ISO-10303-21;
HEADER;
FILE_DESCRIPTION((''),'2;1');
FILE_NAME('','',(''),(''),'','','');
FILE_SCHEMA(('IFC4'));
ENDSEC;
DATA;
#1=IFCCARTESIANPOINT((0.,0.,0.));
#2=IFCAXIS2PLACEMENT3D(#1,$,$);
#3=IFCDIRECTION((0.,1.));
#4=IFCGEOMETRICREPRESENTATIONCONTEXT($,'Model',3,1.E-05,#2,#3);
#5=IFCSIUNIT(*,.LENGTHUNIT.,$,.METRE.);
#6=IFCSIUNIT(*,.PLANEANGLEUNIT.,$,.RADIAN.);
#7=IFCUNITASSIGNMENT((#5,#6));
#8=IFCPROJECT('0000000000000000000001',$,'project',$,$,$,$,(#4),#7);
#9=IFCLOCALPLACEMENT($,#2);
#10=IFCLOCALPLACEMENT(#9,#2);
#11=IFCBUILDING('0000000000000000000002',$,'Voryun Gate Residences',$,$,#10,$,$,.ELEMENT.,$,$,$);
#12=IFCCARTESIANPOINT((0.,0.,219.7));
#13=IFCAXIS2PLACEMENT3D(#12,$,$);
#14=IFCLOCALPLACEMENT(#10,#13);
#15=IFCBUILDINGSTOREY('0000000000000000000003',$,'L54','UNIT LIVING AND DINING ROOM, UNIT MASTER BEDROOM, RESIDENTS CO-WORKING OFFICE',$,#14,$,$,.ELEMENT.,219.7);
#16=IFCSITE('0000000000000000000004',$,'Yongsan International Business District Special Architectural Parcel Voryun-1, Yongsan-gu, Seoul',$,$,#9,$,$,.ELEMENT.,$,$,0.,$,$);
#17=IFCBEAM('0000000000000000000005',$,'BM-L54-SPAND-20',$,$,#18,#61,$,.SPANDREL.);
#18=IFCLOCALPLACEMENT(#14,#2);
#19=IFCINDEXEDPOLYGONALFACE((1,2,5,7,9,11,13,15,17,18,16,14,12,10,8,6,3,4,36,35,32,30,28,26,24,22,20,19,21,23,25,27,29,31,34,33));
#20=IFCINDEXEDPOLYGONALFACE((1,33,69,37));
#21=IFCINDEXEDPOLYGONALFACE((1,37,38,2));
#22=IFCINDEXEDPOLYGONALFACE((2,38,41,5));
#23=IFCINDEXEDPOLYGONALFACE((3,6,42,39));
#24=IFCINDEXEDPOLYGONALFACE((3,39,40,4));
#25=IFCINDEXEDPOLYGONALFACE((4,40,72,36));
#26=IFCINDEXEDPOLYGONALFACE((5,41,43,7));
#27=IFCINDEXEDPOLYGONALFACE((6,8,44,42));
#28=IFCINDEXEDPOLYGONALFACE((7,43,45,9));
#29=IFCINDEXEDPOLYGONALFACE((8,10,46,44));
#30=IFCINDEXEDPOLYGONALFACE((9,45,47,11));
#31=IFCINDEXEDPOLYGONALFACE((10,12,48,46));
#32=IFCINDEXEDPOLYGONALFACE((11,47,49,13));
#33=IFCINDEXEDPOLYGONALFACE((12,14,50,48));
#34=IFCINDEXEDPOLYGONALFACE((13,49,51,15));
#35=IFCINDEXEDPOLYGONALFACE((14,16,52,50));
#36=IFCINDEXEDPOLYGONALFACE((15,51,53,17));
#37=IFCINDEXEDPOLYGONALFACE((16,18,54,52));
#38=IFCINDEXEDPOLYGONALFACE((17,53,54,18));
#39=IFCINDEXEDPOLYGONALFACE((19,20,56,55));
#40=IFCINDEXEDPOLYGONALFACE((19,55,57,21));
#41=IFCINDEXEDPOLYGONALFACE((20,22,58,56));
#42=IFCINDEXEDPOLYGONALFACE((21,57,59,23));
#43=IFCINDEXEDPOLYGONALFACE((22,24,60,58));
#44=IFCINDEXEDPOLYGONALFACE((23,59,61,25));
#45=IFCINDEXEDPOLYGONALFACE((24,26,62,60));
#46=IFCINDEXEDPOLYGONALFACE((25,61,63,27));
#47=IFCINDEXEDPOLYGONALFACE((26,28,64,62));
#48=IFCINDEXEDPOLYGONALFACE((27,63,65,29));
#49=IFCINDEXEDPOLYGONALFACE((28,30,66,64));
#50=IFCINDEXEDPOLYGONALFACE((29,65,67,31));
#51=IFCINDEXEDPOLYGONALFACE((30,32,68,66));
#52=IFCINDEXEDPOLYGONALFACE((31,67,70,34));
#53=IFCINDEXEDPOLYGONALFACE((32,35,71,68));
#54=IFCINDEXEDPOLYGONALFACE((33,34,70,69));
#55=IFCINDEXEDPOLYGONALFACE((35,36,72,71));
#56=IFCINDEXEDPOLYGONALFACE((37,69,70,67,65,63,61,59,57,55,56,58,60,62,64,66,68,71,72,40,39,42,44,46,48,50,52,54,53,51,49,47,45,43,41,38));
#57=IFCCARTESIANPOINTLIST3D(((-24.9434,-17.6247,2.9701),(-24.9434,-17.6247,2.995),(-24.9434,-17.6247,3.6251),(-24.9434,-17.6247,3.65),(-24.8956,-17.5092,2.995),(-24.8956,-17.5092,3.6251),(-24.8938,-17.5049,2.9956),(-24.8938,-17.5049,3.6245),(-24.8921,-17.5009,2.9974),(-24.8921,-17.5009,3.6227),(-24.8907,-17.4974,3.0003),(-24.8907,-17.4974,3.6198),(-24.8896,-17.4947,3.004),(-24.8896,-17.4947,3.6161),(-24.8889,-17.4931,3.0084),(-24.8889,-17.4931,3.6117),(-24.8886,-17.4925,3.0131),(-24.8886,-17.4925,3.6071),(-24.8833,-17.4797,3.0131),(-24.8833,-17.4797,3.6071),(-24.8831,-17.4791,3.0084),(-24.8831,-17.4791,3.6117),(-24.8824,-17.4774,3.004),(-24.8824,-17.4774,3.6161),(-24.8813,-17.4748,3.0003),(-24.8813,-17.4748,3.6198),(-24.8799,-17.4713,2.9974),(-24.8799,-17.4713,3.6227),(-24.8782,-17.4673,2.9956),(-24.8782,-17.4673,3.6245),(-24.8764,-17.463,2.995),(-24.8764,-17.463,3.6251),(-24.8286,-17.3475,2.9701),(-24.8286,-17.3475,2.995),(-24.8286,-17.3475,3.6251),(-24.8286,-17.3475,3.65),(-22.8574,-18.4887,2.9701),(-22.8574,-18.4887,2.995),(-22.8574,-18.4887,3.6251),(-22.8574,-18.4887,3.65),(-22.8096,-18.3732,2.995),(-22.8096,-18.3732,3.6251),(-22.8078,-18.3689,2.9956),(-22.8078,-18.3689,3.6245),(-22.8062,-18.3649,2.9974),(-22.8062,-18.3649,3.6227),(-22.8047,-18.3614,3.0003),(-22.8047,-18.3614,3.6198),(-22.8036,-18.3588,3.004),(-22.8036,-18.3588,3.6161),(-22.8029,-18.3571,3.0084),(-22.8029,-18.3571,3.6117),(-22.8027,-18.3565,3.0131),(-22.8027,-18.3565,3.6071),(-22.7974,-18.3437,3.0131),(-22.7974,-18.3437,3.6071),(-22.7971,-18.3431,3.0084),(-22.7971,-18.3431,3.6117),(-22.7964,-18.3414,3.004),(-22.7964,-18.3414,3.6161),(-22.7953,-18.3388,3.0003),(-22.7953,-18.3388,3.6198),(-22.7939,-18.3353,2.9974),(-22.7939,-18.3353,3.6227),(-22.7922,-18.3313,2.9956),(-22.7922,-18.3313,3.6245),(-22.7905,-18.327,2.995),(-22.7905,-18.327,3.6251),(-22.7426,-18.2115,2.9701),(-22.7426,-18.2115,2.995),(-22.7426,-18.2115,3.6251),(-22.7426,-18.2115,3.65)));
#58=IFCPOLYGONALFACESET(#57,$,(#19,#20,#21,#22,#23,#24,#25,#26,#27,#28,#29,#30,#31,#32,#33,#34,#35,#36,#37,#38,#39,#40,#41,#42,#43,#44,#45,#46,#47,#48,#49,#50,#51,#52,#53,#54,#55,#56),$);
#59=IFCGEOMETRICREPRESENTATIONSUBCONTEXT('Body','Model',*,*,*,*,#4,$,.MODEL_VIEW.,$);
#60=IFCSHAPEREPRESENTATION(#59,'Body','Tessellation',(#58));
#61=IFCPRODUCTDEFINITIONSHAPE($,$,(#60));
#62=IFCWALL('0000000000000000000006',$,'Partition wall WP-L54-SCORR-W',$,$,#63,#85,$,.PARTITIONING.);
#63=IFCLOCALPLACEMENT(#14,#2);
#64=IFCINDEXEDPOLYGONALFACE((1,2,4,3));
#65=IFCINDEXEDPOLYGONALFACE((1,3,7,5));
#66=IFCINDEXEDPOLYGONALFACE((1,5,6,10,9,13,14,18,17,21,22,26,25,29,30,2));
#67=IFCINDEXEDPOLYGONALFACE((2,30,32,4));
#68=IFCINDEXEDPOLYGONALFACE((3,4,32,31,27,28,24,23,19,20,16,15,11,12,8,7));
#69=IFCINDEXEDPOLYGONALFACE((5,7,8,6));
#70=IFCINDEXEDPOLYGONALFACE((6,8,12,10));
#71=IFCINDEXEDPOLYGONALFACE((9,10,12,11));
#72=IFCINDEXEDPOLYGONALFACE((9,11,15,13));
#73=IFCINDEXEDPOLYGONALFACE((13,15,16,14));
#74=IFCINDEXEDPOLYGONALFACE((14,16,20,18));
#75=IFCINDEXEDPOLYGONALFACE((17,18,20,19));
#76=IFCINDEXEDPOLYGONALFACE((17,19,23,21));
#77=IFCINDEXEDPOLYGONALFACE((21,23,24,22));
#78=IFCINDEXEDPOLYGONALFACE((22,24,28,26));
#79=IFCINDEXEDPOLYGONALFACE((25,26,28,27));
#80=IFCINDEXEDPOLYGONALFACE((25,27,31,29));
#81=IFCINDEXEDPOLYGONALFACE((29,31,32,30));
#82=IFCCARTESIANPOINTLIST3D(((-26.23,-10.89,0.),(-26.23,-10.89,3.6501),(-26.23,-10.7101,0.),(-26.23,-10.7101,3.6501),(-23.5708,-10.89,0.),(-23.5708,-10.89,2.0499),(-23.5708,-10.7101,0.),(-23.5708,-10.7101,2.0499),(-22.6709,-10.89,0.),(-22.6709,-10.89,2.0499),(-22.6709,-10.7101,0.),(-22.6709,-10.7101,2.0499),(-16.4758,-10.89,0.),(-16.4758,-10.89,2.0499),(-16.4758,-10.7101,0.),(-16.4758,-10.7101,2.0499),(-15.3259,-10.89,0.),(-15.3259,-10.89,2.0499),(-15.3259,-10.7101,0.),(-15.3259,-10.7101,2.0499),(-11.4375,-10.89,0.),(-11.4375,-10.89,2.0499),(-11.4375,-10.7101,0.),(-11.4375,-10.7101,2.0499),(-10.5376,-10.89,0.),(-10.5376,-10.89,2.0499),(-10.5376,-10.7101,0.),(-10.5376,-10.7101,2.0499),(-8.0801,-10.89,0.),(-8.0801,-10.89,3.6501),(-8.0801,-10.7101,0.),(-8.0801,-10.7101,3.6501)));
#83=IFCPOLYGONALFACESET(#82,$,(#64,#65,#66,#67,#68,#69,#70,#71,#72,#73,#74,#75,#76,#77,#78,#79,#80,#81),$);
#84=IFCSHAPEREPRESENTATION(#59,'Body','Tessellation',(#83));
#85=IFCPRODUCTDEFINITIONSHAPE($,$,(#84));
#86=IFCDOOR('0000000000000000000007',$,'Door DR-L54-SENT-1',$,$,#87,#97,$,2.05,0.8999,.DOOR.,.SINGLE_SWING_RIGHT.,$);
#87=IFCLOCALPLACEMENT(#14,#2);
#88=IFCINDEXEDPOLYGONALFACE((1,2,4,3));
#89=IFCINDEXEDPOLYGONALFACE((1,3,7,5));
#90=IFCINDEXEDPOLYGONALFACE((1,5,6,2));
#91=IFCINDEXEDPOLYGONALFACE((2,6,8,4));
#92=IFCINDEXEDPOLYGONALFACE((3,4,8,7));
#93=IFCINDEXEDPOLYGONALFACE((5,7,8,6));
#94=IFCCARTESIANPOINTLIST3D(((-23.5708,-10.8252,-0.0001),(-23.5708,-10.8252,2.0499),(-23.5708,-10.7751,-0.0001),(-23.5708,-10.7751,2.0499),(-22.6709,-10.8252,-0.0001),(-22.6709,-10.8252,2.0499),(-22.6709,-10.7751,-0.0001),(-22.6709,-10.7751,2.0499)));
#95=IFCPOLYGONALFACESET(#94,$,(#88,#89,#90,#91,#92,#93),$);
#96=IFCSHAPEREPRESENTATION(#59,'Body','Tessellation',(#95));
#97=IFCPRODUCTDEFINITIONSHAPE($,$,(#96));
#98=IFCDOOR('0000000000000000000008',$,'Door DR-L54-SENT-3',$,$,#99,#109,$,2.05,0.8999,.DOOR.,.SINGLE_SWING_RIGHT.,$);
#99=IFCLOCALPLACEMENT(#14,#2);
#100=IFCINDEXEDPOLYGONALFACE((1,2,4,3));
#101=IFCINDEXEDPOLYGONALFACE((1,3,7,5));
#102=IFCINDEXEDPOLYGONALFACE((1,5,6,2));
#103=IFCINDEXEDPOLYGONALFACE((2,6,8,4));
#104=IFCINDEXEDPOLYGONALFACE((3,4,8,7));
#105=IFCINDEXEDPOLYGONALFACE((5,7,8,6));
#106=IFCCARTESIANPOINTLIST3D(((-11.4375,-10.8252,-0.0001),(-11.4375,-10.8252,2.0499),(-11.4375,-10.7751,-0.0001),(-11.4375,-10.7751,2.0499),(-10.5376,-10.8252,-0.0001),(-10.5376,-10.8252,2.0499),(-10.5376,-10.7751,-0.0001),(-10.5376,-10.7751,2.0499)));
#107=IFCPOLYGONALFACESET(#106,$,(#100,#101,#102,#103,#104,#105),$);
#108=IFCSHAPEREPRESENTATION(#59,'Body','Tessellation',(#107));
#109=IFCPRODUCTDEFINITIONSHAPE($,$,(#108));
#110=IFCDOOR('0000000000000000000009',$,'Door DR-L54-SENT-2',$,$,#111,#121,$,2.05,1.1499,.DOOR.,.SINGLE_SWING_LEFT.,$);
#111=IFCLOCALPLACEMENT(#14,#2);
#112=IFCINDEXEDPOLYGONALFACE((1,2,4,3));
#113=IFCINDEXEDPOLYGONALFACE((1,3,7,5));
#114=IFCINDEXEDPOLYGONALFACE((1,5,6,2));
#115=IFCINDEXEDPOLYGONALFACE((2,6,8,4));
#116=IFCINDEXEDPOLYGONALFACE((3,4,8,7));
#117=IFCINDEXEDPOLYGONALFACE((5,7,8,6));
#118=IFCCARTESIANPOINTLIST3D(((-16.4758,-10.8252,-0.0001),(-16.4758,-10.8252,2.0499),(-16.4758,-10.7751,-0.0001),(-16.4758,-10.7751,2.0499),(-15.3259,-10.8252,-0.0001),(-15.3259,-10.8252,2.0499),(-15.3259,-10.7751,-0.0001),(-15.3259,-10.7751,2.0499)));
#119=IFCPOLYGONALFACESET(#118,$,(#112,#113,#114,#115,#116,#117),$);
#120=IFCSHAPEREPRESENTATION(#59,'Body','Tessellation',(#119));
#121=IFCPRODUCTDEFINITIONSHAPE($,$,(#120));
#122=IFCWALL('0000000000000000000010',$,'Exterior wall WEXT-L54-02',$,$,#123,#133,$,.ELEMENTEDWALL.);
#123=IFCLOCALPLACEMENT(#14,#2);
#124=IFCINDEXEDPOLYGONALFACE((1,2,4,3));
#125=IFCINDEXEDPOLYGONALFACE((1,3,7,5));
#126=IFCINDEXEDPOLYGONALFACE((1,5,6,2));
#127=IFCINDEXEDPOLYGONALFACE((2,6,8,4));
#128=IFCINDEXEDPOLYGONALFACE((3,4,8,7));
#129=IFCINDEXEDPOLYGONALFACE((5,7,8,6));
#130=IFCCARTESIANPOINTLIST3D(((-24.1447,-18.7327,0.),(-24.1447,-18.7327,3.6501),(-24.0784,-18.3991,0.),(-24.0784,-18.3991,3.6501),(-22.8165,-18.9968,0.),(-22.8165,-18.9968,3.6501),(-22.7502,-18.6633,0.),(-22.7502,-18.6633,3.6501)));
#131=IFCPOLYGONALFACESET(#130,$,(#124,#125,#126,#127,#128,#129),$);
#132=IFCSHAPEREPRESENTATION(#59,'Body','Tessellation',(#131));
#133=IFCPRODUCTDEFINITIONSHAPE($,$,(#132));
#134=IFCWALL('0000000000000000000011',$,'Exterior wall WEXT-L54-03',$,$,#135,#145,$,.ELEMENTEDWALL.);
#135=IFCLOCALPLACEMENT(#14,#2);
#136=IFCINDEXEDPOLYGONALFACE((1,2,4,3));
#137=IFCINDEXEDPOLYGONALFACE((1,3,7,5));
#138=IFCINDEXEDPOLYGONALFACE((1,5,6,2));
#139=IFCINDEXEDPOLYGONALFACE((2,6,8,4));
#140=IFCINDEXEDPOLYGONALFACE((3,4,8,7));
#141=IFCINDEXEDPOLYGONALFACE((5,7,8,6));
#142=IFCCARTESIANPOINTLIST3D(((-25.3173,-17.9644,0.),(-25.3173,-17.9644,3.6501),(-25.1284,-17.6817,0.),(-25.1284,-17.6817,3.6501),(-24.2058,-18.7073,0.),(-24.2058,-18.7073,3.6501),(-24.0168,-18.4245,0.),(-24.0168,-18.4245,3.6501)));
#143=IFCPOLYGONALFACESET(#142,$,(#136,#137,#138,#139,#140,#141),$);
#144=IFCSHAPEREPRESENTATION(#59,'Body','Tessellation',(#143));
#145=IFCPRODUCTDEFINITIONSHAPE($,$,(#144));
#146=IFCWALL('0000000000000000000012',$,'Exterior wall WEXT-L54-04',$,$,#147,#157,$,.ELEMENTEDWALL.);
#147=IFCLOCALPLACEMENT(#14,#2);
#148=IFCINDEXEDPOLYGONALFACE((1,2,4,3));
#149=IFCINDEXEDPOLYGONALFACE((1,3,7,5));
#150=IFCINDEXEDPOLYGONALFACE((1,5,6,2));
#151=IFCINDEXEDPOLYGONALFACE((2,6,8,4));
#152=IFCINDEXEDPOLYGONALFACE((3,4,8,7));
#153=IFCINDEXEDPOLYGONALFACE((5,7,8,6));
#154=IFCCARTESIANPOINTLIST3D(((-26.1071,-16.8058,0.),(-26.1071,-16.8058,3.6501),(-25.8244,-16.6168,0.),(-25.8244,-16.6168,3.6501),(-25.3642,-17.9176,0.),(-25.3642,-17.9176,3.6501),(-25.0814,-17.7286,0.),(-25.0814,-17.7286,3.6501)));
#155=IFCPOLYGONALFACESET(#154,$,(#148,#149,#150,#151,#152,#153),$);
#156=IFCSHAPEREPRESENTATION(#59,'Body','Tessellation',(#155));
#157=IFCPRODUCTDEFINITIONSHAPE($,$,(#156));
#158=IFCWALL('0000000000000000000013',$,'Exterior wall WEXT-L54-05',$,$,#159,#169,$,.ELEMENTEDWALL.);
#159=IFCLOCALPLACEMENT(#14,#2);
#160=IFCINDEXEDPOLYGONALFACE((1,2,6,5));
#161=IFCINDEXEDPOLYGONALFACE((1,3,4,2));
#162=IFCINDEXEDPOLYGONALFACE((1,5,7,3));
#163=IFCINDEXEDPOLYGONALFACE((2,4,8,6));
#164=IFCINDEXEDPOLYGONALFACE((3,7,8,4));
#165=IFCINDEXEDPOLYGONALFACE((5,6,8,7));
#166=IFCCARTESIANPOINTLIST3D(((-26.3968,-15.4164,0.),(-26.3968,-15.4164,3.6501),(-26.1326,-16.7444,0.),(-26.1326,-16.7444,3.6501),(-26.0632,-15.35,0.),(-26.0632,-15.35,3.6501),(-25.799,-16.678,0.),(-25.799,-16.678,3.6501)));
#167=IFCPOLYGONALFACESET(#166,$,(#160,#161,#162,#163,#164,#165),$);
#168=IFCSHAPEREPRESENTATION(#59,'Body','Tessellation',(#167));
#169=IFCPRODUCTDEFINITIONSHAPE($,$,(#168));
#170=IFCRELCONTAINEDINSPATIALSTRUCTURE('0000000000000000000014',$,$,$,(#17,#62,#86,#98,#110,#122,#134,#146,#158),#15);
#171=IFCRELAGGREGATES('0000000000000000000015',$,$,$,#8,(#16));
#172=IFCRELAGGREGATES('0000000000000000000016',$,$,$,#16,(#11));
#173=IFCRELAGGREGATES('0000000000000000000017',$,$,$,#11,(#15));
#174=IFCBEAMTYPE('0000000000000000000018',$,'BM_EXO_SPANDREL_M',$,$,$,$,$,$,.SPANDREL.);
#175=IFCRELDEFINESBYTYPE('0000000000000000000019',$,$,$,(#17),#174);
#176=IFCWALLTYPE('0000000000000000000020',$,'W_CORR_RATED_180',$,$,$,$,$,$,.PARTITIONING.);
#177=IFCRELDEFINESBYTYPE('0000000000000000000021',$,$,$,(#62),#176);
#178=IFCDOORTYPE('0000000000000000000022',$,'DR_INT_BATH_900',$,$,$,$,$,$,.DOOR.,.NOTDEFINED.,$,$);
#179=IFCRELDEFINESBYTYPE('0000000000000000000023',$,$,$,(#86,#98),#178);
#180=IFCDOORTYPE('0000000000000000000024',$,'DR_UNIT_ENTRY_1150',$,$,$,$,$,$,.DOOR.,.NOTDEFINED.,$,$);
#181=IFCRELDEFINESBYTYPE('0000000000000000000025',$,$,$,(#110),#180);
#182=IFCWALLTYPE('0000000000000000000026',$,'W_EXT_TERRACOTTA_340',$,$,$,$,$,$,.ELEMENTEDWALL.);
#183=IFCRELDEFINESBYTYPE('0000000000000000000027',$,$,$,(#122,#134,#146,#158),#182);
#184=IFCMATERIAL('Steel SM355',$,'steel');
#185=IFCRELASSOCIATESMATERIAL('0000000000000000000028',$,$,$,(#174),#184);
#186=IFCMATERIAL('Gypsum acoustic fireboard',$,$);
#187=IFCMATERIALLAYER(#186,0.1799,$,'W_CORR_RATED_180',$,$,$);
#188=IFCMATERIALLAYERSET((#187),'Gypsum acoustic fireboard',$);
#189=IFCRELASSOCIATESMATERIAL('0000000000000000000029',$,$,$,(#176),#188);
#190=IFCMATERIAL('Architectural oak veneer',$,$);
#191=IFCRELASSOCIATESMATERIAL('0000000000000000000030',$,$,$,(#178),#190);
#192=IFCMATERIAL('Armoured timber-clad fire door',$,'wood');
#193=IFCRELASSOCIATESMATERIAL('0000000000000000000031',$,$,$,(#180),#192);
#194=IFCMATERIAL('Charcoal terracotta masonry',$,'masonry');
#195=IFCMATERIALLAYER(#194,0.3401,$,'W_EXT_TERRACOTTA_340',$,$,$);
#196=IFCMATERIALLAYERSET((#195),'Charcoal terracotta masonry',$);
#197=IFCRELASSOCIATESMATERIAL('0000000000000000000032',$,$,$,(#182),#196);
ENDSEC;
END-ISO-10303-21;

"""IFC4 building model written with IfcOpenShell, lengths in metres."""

from ifc_helpers import new_model, si_unit, direction, frame, frame_2d, origin, origin_2d, place, context, subcontext, project, spatial, rectangle, i_section, extrude, material, layer, layer_set, material_profile, profile_set, type_object, element, fill, save


model = new_model("IFC4")

# Units and contexts
model_context = context("Model", 3, precision=1e-05, world=origin(), true_north=direction((0.0, 1.0)))
body_context = subcontext(model_context, "Body", "Model", "MODEL_VIEW")
ifc_project = project(units=[si_unit("LENGTHUNIT", "METRE"), si_unit("PLANEANGLEUNIT", "RADIAN")], contexts=[model_context])

# Site, building, storey
site_placement = place(None, origin())
site = spatial("IfcSite", under=ifc_project, at=site_placement, Name="Yongsan International Business District Special Architectural Parcel Voryun-1, Yongsan-gu, Seoul", CompositionType="ELEMENT", RefElevation=0.0)
building_placement = place(site_placement, origin())
building = spatial("IfcBuilding", under=site, at=building_placement, Name="Voryun Gate Residences", CompositionType="ELEMENT")
storey_placement = place(building_placement, frame((0.0, 0.0, 219.7)))
storey = spatial("IfcBuildingStorey", under=building, at=storey_placement, Name="L54", Description="UNIT LIVING AND DINING ROOM, UNIT MASTER BEDROOM, RESIDENTS CO-WORKING OFFICE", CompositionType="ELEMENT", Elevation=219.7)

# Beam
ifc_material_1 = material(Name="Steel SM355", Category="steel")
ifc_material_profile_1 = material_profile(ifc_material_1, i_section(OverallWidth=0.3, OverallDepth=0.6799, WebThickness=0.0139, FlangeThickness=0.0249, FilletRadius=0.0181, at=origin_2d()), Name="H-680x300x14x25")
ifc_profile_set_1 = profile_set([ifc_material_profile_1], Name="Steel SM355")
beam_type = type_object("IfcBeamType", Name="BM_EXO_SPANDREL_M", PredefinedType="SPANDREL", material=ifc_profile_set_1)
beam_1_placement = place(storey_placement, frame((-24.886, -17.4861, 3.3101), z_axis=(0.923881, -0.38268, 0.0), x_axis=(0.38268, 0.923881, 0.0)))
element("IfcBeam", 1, at=beam_1_placement, inside=storey, type_object=beam_type, Name="BM-L54-SPAND-20", PredefinedType="SPANDREL", context=body_context, shape_type="SweptSolid", body=[
    extrude(i_section(OverallWidth=0.3, OverallDepth=0.6799, WebThickness=0.0139, FlangeThickness=0.0249, FilletRadius=0.0181, at=origin_2d()), origin(), (0.0, 0.0, 1.0), 2.2578),
])

# Wall, openings, doors
ifc_material_2 = material(Name="Gypsum acoustic fireboard")
ifc_layer_1 = layer(ifc_material_2, 0.1799, Name="W_CORR_RATED_180")
ifc_layer_set_1 = layer_set([ifc_layer_1], Name="Gypsum acoustic fireboard")
wall_type_1 = type_object("IfcWallType", Name="W_CORR_RATED_180", PredefinedType="PARTITIONING", material=ifc_layer_set_1)
wall_1_placement = place(storey_placement, frame((-26.23, -10.8, 0.0), z_axis=(0.0, 0.0, 1.0), x_axis=(1.0, 0.0, 0.0)))
wall_1 = element("IfcWall", 2, at=wall_1_placement, inside=storey, type_object=wall_type_1, Name="Partition wall WP-L54-SCORR-W", PredefinedType="PARTITIONING", context=body_context, shape_type="SweptSolid", body=[
    extrude(rectangle(XDim=18.1499, YDim=0.1799, at=frame_2d((9.075, 0.0))), origin(), (0.0, 0.0, 1.0), 3.6501),
])
opening_1_placement = place(wall_1_placement, frame((2.6592, 0.0, 0.0)))
opening_1 = element("IfcOpeningElement", 3, at=opening_1_placement, cuts=wall_1, PredefinedType="OPENING", context=body_context, shape_type="SweptSolid", body=[
    extrude(rectangle(XDim=0.8999, YDim=2.05, at=frame_2d((0.45, 1.0249))), frame((0.0, 0.0999, 0.0), z_axis=(0.0, -1.0, 0.0), x_axis=(1.0, 0.0, 0.0)), (0.0, 0.0, 1.0), 0.2),
])
opening_2_placement = place(wall_1_placement, frame((9.7542, 0.0, 0.0)))
opening_2 = element("IfcOpeningElement", 4, at=opening_2_placement, cuts=wall_1, PredefinedType="OPENING", context=body_context, shape_type="SweptSolid", body=[
    extrude(rectangle(XDim=1.1499, YDim=2.05, at=frame_2d((0.575, 1.0249))), frame((0.0, 0.0999, 0.0), z_axis=(0.0, -1.0, 0.0), x_axis=(1.0, 0.0, 0.0)), (0.0, 0.0, 1.0), 0.2),
])
opening_3_placement = place(wall_1_placement, frame((14.7925, 0.0, 0.0)))
opening_3 = element("IfcOpeningElement", 5, at=opening_3_placement, cuts=wall_1, PredefinedType="OPENING", context=body_context, shape_type="SweptSolid", body=[
    extrude(rectangle(XDim=0.8999, YDim=2.05, at=frame_2d((0.45, 1.0249))), frame((0.0, 0.0999, 0.0), z_axis=(0.0, -1.0, 0.0), x_axis=(1.0, 0.0, 0.0)), (0.0, 0.0, 1.0), 0.2),
])
ifc_material_3 = material(Name="Architectural oak veneer")
door_type_1 = type_object("IfcDoorType", Name="DR_INT_BATH_900", OperationType="NOTDEFINED", PredefinedType="DOOR", material=ifc_material_3)
door_1_placement = place(opening_1_placement, origin())
door_1 = element("IfcDoor", 6, at=door_1_placement, inside=storey, type_object=door_type_1, Name="Door DR-L54-SENT-1", OperationType="SINGLE_SWING_RIGHT", OverallHeight=2.05, OverallWidth=0.8999, PredefinedType="DOOR", context=body_context, shape_type="SweptSolid", body=[
    extrude(rectangle(XDim=0.8999, YDim=2.05, at=frame_2d((0.45, 1.0249))), frame((0.0, 0.0249, 0.0), z_axis=(0.0, -1.0, 0.0), x_axis=(1.0, 0.0, 0.0)), (0.0, 0.0, 1.0), 0.05),
])
fill(opening_1, door_1)
door_2_placement = place(opening_3_placement, origin())
door_2 = element("IfcDoor", 7, at=door_2_placement, inside=storey, type_object=door_type_1, Name="Door DR-L54-SENT-3", OperationType="SINGLE_SWING_RIGHT", OverallHeight=2.05, OverallWidth=0.8999, PredefinedType="DOOR", context=body_context, shape_type="SweptSolid", body=[
    extrude(rectangle(XDim=0.8999, YDim=2.05, at=frame_2d((0.45, 1.0249))), frame((0.0, 0.0249, 0.0), z_axis=(0.0, -1.0, 0.0), x_axis=(1.0, 0.0, 0.0)), (0.0, 0.0, 1.0), 0.05),
])
fill(opening_3, door_2)
ifc_material_4 = material(Name="Armoured timber-clad fire door", Category="wood")
door_type_2 = type_object("IfcDoorType", Name="DR_UNIT_ENTRY_1150", OperationType="NOTDEFINED", PredefinedType="DOOR", material=ifc_material_4)
door_3_placement = place(opening_2_placement, origin())
door_3 = element("IfcDoor", 8, at=door_3_placement, inside=storey, type_object=door_type_2, Name="Door DR-L54-SENT-2", OperationType="SINGLE_SWING_LEFT", OverallHeight=2.05, OverallWidth=1.1499, PredefinedType="DOOR", context=body_context, shape_type="SweptSolid", body=[
    extrude(rectangle(XDim=1.1499, YDim=2.05, at=frame_2d((0.575, 1.0249))), frame((0.0, 0.0249, 0.0), z_axis=(0.0, -1.0, 0.0), x_axis=(1.0, 0.0, 0.0)), (0.0, 0.0, 1.0), 0.05),
])
fill(opening_2, door_3)

# Walls
ifc_material_5 = material(Name="Charcoal terracotta masonry", Category="masonry")
ifc_layer_2 = layer(ifc_material_5, 0.3401, Name="W_EXT_TERRACOTTA_340")
ifc_layer_set_2 = layer_set([ifc_layer_2], Name="Charcoal terracotta masonry")
wall_type_2 = type_object("IfcWallType", Name="W_EXT_TERRACOTTA_340", PredefinedType="ELEMENTEDWALL", material=ifc_layer_set_2)
wall_2_placement = place(storey_placement, frame((-22.7832, -18.8301, 0.0), z_axis=(0.0, 0.0, 1.0), x_axis=(-0.980788, 0.195076, 0.0)))
element("IfcWall", 9, at=wall_2_placement, inside=storey, type_object=wall_type_2, Name="Exterior wall WEXT-L54-02", PredefinedType="ELEMENTEDWALL", context=body_context, shape_type="SweptSolid", body=[
    extrude(rectangle(XDim=1.3542, YDim=0.3401, at=frame_2d((0.6772, 0.0))), origin(), (0.0, 0.0, 1.0), 3.6501),
])
wall_3_placement = place(storey_placement, frame((-24.1113, -18.5659, 0.0), z_axis=(0.0, 0.0, 1.0), x_axis=(-0.831404, 0.555669, 0.0)))
element("IfcWall", 10, at=wall_3_placement, inside=storey, type_object=wall_type_2, Name="Exterior wall WEXT-L54-03", PredefinedType="ELEMENTEDWALL", context=body_context, shape_type="SweptSolid", body=[
    extrude(rectangle(XDim=1.3369, YDim=0.3401, at=frame_2d((0.6685, 0.0))), origin(), (0.0, 0.0, 1.0), 3.6501),
])
wall_4_placement = place(storey_placement, frame((-25.2229, -17.823, 0.0), z_axis=(0.0, 0.0, 1.0), x_axis=(-0.555585, 0.83146, 0.0)))
element("IfcWall", 11, at=wall_4_placement, inside=storey, type_object=wall_type_2, Name="Exterior wall WEXT-L54-04", PredefinedType="ELEMENTEDWALL", context=body_context, shape_type="SweptSolid", body=[
    extrude(rectangle(XDim=1.3372, YDim=0.3401, at=frame_2d((0.6685, 0.0))), origin(), (0.0, 0.0, 1.0), 3.6501),
])
wall_5_placement = place(storey_placement, frame((-25.9658, -16.7112, 0.0), z_axis=(0.0, 0.0, 1.0), x_axis=(-0.19511, 0.980781, 0.0)))
element("IfcWall", 12, at=wall_5_placement, inside=storey, type_object=wall_type_2, Name="Exterior wall WEXT-L54-05", PredefinedType="ELEMENTEDWALL", context=body_context, shape_type="SweptSolid", body=[
    extrude(rectangle(XDim=1.354, YDim=0.3401, at=frame_2d((0.677, 0.0))), origin(), (0.0, 0.0, 1.0), 3.6501),
])

save(model, "model.ifc")
